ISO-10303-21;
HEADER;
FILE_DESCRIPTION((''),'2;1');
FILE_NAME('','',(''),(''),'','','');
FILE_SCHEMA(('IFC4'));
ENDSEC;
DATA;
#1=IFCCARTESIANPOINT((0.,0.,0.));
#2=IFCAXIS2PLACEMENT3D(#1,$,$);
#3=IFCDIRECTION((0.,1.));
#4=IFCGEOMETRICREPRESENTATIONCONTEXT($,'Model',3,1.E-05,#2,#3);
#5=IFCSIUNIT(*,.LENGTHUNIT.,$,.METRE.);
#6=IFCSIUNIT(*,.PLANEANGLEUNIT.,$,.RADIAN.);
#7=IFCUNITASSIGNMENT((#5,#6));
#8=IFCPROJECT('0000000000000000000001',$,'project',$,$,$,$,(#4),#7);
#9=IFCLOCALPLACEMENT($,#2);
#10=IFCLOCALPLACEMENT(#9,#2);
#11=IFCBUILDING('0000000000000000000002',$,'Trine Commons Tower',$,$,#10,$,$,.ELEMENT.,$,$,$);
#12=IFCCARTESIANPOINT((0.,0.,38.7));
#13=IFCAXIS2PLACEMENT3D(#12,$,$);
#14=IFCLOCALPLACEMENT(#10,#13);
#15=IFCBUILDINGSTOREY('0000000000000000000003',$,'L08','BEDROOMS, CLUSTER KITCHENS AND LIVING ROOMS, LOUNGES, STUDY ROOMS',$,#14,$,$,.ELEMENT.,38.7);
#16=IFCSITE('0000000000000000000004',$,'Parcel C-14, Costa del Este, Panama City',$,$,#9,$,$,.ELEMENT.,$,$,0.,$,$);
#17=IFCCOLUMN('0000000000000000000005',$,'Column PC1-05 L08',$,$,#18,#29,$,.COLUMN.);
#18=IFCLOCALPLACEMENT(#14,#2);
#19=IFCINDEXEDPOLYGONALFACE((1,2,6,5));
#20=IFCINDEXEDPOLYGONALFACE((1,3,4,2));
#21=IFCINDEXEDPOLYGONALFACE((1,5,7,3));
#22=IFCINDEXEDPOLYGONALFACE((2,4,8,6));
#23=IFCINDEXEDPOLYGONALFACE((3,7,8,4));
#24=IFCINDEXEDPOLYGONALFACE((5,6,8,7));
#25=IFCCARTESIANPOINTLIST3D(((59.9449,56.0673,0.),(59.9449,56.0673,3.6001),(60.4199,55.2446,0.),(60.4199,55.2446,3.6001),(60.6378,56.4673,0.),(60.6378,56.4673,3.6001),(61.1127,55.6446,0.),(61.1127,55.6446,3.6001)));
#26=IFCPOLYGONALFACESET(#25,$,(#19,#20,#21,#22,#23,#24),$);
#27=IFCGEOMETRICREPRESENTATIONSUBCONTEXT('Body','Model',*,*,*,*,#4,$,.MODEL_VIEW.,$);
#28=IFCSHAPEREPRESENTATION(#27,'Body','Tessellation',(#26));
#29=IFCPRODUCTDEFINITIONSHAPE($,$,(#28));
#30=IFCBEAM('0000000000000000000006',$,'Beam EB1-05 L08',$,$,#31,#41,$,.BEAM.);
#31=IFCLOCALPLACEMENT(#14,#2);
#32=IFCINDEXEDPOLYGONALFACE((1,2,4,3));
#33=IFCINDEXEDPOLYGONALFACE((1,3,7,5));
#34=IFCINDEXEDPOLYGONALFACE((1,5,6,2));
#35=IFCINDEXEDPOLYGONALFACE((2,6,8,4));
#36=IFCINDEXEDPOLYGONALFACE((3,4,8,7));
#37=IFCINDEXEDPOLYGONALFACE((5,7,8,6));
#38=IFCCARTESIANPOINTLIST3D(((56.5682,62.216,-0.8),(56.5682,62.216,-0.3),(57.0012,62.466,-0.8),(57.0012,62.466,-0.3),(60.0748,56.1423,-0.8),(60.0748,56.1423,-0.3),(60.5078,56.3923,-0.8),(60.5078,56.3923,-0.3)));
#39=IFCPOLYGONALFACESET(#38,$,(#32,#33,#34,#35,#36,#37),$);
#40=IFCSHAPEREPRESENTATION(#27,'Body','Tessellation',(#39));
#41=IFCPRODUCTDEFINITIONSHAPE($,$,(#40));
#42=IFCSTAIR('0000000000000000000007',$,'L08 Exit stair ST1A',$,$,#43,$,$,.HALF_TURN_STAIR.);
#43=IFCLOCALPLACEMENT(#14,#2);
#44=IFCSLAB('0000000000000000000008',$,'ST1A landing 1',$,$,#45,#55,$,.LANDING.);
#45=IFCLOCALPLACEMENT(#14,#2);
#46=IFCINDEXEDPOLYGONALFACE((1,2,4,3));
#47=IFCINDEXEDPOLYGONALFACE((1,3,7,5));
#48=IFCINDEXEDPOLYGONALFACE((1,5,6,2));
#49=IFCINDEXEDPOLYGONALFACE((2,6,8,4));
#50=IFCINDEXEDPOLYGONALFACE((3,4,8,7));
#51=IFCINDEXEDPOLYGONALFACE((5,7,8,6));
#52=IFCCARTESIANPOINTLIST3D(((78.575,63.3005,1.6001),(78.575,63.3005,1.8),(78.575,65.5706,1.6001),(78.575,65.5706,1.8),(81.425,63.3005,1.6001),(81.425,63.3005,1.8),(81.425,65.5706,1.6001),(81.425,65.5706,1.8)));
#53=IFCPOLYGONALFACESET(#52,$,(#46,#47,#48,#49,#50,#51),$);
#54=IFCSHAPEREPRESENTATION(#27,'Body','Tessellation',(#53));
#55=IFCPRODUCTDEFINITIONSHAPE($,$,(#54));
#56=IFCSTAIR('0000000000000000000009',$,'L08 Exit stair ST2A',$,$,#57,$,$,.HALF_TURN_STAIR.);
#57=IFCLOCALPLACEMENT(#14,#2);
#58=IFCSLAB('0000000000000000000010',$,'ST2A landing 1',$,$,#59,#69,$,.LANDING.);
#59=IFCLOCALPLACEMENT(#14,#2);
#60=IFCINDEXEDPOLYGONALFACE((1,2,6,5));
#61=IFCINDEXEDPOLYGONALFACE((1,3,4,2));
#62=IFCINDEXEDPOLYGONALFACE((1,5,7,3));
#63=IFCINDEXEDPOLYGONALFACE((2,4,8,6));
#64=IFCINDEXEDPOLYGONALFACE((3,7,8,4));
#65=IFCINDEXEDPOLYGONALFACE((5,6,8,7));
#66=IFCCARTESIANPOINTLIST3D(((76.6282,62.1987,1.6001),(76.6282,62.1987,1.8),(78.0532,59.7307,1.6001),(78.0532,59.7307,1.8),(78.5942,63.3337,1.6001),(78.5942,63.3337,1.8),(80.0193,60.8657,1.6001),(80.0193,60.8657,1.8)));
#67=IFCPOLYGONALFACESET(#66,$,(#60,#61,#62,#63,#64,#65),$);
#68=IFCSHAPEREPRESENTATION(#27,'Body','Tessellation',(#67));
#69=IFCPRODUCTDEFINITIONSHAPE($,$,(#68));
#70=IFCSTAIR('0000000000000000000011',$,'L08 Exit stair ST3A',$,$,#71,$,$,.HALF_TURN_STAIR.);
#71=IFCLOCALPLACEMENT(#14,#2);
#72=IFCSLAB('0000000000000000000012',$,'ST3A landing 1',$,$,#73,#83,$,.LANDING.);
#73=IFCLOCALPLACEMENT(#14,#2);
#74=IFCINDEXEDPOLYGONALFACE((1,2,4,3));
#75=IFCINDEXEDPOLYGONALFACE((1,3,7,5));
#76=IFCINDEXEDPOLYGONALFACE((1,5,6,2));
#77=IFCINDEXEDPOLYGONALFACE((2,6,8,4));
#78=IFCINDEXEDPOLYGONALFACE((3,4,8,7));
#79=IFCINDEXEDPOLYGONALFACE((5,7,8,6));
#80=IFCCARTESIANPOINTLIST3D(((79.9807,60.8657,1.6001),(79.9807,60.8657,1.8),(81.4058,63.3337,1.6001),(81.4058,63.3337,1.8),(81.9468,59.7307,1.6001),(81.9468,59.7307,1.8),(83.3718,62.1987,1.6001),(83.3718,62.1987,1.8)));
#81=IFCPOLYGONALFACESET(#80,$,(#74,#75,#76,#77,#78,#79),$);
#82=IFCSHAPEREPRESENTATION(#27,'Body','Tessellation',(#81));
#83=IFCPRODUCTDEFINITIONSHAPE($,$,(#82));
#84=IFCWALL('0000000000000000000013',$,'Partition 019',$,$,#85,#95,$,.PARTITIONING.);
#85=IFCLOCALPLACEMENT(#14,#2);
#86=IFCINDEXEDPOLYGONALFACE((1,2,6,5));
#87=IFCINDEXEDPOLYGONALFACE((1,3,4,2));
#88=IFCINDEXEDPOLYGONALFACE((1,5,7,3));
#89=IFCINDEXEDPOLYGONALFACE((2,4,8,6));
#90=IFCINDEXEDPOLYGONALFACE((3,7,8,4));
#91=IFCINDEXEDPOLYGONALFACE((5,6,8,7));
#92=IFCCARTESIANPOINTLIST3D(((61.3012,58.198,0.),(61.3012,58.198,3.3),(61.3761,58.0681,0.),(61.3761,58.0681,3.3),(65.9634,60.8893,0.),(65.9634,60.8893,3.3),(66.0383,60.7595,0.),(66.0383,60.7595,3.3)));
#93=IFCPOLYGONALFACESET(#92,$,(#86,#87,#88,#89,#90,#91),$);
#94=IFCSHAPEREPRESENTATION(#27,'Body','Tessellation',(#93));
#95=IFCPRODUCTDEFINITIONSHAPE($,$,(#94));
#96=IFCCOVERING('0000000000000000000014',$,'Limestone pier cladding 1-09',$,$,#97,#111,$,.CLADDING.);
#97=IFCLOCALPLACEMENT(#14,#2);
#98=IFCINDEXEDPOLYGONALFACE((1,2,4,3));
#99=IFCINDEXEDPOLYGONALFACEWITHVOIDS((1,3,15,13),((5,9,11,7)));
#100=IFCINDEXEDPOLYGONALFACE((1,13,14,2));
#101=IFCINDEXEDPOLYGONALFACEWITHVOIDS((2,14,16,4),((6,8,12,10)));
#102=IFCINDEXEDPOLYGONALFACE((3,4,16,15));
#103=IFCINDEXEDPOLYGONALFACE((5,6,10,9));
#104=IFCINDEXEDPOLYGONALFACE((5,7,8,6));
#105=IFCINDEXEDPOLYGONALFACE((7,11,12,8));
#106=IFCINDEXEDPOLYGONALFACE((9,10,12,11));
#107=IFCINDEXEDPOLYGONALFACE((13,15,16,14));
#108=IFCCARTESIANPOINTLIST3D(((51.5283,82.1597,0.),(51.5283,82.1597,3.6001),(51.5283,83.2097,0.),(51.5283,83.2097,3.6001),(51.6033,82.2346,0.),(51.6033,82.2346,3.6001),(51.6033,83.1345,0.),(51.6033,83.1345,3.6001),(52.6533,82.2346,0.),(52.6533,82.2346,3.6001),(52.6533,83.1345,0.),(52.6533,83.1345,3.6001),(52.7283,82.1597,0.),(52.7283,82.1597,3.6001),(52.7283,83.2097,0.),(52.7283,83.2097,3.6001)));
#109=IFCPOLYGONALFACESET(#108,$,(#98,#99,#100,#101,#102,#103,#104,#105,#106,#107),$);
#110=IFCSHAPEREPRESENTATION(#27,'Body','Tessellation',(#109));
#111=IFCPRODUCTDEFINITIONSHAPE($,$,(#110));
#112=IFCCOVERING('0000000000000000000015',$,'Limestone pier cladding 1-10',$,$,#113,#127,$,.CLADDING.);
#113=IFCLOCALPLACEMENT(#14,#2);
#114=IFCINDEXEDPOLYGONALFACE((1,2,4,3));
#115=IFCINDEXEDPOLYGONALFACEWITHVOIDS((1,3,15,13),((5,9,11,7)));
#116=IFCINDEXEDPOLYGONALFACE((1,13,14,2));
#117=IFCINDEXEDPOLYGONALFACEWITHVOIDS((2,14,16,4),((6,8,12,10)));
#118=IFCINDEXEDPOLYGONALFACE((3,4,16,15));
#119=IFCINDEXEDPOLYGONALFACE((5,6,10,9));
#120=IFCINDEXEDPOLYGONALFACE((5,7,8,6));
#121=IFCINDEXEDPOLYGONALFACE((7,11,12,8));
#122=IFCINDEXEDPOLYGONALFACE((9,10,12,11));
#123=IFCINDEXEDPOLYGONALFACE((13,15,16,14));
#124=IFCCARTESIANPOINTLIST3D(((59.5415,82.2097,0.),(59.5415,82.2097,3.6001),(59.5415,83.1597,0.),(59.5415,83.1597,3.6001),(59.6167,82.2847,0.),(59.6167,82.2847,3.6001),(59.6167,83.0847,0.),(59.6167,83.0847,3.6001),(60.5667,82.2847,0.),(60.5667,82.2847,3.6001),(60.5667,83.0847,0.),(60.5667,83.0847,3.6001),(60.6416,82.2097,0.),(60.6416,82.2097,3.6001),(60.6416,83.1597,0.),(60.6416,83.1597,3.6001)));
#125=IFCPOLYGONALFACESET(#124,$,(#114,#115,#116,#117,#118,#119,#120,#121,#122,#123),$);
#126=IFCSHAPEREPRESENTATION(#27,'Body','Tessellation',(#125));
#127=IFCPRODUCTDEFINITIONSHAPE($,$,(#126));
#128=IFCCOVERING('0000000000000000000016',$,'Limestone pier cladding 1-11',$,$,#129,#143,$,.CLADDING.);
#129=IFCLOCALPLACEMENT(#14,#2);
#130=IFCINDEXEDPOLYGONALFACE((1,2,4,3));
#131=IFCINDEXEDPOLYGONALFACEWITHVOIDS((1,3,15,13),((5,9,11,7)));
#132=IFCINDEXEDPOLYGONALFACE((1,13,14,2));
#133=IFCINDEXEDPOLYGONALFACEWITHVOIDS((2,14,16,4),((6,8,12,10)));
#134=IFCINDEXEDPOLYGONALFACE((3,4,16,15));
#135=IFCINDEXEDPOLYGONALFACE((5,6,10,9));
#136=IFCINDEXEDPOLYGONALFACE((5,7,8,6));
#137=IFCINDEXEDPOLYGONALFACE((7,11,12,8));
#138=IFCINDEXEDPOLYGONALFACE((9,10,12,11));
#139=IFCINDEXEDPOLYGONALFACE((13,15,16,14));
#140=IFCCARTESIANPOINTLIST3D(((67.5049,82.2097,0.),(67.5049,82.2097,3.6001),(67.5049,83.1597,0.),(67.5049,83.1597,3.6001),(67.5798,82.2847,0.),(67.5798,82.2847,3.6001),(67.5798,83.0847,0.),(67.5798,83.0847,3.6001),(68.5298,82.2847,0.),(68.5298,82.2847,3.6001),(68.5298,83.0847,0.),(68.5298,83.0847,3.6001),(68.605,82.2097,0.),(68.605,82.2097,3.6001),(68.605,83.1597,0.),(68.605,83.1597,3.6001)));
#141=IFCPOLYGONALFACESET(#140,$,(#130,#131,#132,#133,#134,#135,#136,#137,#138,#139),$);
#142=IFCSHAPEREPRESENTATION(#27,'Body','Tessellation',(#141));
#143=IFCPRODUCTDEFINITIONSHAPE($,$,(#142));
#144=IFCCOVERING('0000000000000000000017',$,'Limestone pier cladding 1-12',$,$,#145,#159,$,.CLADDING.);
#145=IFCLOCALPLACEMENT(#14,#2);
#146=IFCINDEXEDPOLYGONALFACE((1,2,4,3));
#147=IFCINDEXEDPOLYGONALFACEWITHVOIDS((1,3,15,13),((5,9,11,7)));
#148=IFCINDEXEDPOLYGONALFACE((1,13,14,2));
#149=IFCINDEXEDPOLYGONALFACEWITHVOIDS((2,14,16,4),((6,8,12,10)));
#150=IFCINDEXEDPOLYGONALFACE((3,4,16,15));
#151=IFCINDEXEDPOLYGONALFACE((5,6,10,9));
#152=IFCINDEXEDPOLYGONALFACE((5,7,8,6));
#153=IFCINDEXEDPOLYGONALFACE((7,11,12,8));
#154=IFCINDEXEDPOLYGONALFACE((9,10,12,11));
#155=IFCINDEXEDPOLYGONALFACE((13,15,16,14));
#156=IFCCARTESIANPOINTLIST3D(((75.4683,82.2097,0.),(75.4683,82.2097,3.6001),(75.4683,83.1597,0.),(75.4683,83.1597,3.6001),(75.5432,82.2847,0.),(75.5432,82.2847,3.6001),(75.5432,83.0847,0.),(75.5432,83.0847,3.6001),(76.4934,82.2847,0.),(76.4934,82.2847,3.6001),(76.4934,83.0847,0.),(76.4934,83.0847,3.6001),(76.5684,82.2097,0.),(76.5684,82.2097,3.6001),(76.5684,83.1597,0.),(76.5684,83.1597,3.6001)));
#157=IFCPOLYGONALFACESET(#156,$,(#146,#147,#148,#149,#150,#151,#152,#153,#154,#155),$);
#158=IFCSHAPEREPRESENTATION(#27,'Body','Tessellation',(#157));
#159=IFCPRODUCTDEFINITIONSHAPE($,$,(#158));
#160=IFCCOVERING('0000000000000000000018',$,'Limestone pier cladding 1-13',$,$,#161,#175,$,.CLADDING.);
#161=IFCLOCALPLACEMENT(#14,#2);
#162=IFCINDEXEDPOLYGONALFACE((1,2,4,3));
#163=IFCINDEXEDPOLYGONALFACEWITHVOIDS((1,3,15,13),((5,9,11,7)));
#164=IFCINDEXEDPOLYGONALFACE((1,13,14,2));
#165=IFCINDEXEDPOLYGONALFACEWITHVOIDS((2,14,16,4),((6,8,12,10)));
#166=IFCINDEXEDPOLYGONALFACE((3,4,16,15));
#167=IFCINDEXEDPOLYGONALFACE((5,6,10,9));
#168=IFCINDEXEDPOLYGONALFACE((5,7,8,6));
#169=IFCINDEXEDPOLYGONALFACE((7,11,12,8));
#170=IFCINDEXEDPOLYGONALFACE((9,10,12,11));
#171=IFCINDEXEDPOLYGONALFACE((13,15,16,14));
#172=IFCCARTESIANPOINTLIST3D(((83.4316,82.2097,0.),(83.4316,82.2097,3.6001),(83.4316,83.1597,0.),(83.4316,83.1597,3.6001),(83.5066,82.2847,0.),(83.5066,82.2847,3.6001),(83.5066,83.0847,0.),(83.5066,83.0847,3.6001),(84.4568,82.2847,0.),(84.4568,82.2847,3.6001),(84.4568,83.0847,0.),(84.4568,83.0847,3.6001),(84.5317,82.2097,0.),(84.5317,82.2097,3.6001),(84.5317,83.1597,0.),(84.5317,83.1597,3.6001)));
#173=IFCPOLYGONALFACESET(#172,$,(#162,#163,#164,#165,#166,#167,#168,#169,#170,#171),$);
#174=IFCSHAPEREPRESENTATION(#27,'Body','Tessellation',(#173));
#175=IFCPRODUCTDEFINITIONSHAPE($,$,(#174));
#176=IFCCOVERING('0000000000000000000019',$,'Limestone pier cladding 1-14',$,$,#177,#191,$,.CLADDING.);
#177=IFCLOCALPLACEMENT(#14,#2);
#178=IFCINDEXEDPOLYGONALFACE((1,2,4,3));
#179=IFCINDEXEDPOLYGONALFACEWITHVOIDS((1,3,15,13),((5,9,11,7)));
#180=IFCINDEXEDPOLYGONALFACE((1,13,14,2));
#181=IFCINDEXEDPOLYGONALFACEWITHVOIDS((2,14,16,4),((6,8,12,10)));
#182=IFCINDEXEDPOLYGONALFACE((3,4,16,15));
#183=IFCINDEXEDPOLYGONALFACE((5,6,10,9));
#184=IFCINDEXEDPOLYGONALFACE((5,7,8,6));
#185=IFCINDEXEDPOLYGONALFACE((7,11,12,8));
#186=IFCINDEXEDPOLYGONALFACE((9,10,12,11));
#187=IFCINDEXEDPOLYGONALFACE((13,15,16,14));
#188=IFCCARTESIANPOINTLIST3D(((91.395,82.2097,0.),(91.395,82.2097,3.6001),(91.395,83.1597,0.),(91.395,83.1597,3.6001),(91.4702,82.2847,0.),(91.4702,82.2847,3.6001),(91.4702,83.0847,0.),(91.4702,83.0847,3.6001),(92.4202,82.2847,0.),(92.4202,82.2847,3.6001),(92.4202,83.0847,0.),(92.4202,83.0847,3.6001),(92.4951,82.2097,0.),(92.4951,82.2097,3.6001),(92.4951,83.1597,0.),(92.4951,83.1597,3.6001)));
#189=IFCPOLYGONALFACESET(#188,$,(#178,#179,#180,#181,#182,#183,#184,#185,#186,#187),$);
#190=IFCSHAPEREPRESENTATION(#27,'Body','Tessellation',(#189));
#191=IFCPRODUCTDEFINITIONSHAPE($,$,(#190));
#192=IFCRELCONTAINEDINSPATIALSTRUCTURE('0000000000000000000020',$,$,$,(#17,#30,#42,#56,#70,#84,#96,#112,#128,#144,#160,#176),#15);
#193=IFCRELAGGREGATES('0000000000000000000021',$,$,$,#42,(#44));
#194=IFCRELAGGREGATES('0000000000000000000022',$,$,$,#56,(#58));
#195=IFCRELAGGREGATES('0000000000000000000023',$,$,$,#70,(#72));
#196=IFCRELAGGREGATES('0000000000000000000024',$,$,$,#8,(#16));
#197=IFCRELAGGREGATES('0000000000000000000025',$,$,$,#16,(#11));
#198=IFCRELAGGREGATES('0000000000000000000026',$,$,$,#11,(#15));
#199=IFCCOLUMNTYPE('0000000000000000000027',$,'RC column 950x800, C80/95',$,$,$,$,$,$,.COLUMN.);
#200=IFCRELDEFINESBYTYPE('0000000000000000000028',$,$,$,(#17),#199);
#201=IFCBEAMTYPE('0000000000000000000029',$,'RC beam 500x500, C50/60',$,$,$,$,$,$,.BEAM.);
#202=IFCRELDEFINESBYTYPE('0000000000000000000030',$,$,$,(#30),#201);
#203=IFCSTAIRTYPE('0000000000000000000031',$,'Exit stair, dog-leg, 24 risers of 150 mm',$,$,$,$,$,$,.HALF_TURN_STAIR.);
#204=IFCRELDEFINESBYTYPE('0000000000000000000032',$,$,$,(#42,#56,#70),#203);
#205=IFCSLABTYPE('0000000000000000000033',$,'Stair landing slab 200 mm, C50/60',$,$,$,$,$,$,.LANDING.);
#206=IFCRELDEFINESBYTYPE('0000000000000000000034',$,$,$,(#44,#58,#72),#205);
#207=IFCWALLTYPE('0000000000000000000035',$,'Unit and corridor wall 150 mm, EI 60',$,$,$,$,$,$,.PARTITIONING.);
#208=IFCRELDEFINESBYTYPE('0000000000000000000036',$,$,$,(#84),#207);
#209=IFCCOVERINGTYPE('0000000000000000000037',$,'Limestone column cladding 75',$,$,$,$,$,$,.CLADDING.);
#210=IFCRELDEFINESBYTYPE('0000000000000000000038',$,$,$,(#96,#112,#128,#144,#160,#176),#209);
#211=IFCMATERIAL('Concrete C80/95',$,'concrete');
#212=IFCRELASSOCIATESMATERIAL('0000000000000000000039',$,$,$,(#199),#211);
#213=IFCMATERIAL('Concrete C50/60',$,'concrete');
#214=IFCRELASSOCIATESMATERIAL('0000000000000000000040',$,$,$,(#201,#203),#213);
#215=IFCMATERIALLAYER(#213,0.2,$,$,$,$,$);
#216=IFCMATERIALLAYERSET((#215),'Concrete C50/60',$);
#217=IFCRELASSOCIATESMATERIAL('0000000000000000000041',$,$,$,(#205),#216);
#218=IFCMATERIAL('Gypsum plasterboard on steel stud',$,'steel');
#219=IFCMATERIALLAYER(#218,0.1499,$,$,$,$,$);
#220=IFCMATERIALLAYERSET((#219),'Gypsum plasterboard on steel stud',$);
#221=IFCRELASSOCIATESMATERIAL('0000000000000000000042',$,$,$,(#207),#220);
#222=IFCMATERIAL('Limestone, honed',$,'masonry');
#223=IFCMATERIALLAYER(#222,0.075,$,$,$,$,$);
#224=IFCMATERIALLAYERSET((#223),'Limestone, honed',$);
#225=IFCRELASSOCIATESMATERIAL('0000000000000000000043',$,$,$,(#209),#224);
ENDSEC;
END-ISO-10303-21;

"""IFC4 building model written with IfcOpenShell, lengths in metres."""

from ifc_helpers import new_model, si_unit, direction, frame, frame_2d, origin, origin_2d, place, context, subcontext, project, spatial, polyline, rectangle, outline, extrude, material, layer, layer_set, material_profile, profile_set, type_object, element, aggregate, save


model = new_model("IFC4")

# Units and contexts
model_context = context("Model", 3, precision=1e-05, world=origin(), true_north=direction((0.0, 1.0)))
body_context = subcontext(model_context, "Body", "Model", "MODEL_VIEW")
ifc_project = project(units=[si_unit("LENGTHUNIT", "METRE"), si_unit("PLANEANGLEUNIT", "RADIAN")], contexts=[model_context])

# Site, building, storey
site_placement = place(None, origin())
site = spatial("IfcSite", under=ifc_project, at=site_placement, Name="Parcel C-14, Costa del Este, Panama City", CompositionType="ELEMENT", RefElevation=0.0)
building_placement = place(site_placement, origin())
building = spatial("IfcBuilding", under=site, at=building_placement, Name="Trine Commons Tower", CompositionType="ELEMENT")
storey_placement = place(building_placement, frame((0.0, 0.0, 38.7)))
storey = spatial("IfcBuildingStorey", under=building, at=storey_placement, Name="L08", Description="BEDROOMS, CLUSTER KITCHENS AND LIVING ROOMS, LOUNGES, STUDY ROOMS", CompositionType="ELEMENT", Elevation=38.7)

# Column
ifc_material_1 = material(Name="Concrete C80/95", Category="concrete")
ifc_material_profile_1 = material_profile(ifc_material_1, rectangle(XDim=0.95, YDim=0.8, at=origin_2d()), Name="RC 950x800")
ifc_profile_set_1 = profile_set([ifc_material_profile_1], Name="Concrete C80/95")
column_type = type_object("IfcColumnType", Name="RC column 950x800, C80/95", PredefinedType="COLUMN", material=ifc_profile_set_1)
column_placement = place(storey_placement, frame((60.5288, 55.856, 0.0), z_axis=(0.0, 0.0, 1.0), x_axis=(-0.5, 0.866025, 0.0)))
element("IfcColumn", 1, at=column_placement, inside=storey, type_object=column_type, Name="Column PC1-05 L08", PredefinedType="COLUMN", context=body_context, shape_type="SweptSolid", body=[
    extrude(rectangle(XDim=0.95, YDim=0.8, at=origin_2d()), origin(), (0.0, 0.0, 1.0), 3.6001),
])

# Beam
ifc_material_2 = material(Name="Concrete C50/60", Category="concrete")
ifc_material_profile_2 = material_profile(ifc_material_2, rectangle(XDim=0.5, YDim=0.5, at=origin_2d()), Name="RC 500x500")
ifc_profile_set_2 = profile_set([ifc_material_profile_2], Name="Concrete C50/60")
beam_type = type_object("IfcBeamType", Name="RC beam 500x500, C50/60", PredefinedType="BEAM", material=ifc_profile_set_2)
beam_placement = place(storey_placement, frame((60.2913, 56.2673, -0.55), z_axis=(-0.499992, 0.86603, 0.0), x_axis=(-0.86603, -0.499992, 0.0)))
element("IfcBeam", 2, at=beam_placement, inside=storey, type_object=beam_type, Name="Beam EB1-05 L08", PredefinedType="BEAM", context=body_context, shape_type="SweptSolid", body=[
    extrude(rectangle(XDim=0.5, YDim=0.5, at=origin_2d()), origin(), (0.0, 0.0, 1.0), 7.0132),
])

# Stairs, slabs
stair_type = type_object("IfcStairType", Name="Exit stair, dog-leg, 24 risers of 150 mm", PredefinedType="HALF_TURN_STAIR", material=ifc_material_2)
stair_1_placement = place(storey_placement, origin())
stair_1 = element("IfcStair", 3, at=stair_1_placement, inside=storey, type_object=stair_type, Name="L08 Exit stair ST1A", PredefinedType="HALF_TURN_STAIR")
ifc_layer_1 = layer(ifc_material_2, 0.2)
ifc_layer_set_1 = layer_set([ifc_layer_1], Name="Concrete C50/60")
slab_type = type_object("IfcSlabType", Name="Stair landing slab 200 mm, C50/60", PredefinedType="LANDING", material=ifc_layer_set_1)
slab_1_placement = place(storey_placement, frame((0.0, 0.0, 1.6001)))
slab_1 = element("IfcSlab", 4, at=slab_1_placement, type_object=slab_type, Name="ST1A landing 1", PredefinedType="LANDING", context=body_context, shape_type="SweptSolid", body=[
    extrude(outline(polyline([(78.575, 65.5706), (78.575, 63.3005), (81.425, 63.3005), (81.425, 65.5706), (78.575, 65.5706)])), origin(), (0.0, 0.0, 1.0), 0.2),
])
aggregate(stair_1, [slab_1])
stair_2_placement = place(storey_placement, origin())
stair_2 = element("IfcStair", 5, at=stair_2_placement, inside=storey, type_object=stair_type, Name="L08 Exit stair ST2A", PredefinedType="HALF_TURN_STAIR")
slab_2_placement = place(storey_placement, frame((0.0, 0.0, 1.6001)))
slab_2 = element("IfcSlab", 6, at=slab_2_placement, type_object=slab_type, Name="ST2A landing 1", PredefinedType="LANDING", context=body_context, shape_type="SweptSolid", body=[
    extrude(outline(polyline([(78.0532, 59.7307), (80.0193, 60.8657), (78.5942, 63.3337), (76.6282, 62.1987), (78.0532, 59.7307)])), origin(), (0.0, 0.0, 1.0), 0.2),
])
aggregate(stair_2, [slab_2])
stair_3_placement = place(storey_placement, origin())
stair_3 = element("IfcStair", 7, at=stair_3_placement, inside=storey, type_object=stair_type, Name="L08 Exit stair ST3A", PredefinedType="HALF_TURN_STAIR")
slab_3_placement = place(storey_placement, frame((0.0, 0.0, 1.6001)))
slab_3 = element("IfcSlab", 8, at=slab_3_placement, type_object=slab_type, Name="ST3A landing 1", PredefinedType="LANDING", context=body_context, shape_type="SweptSolid", body=[
    extrude(outline(polyline([(83.3718, 62.1987), (81.4058, 63.3337), (79.9807, 60.8657), (81.9468, 59.7307), (83.3718, 62.1987)])), origin(), (0.0, 0.0, 1.0), 0.2),
])
aggregate(stair_3, [slab_3])

# Wall
ifc_material_3 = material(Name="Gypsum plasterboard on steel stud", Category="steel")
ifc_layer_2 = layer(ifc_material_3, 0.1499)
ifc_layer_set_2 = layer_set([ifc_layer_2], Name="Gypsum plasterboard on steel stud")
wall_type = type_object("IfcWallType", Name="Unit and corridor wall 150 mm, EI 60", PredefinedType="PARTITIONING", material=ifc_layer_set_2)
wall_placement = place(storey_placement, frame((61.3386, 58.1331, 0.0), z_axis=(0.0, 0.0, 1.0), x_axis=(0.866058, 0.499944, 0.0)))
element("IfcWall", 9, at=wall_placement, inside=storey, type_object=wall_type, Name="Partition 019", PredefinedType="PARTITIONING", context=body_context, shape_type="SweptSolid", body=[
    extrude(rectangle(XDim=5.3833, YDim=0.1499, at=frame_2d((2.6917, 0.0))), origin(), (0.0, 0.0, 1.0), 3.3),
])

# Coverings
ifc_material_4 = material(Name="Limestone, honed", Category="masonry")
ifc_layer_3 = layer(ifc_material_4, 0.075)
ifc_layer_set_3 = layer_set([ifc_layer_3], Name="Limestone, honed")
covering_type_1 = type_object("IfcCoveringType", Name="Limestone column cladding 75", PredefinedType="CLADDING", material=ifc_layer_set_3)
covering_1_placement = place(storey_placement, origin())
element("IfcCovering", 10, at=covering_1_placement, inside=storey, type_object=covering_type_1, Name="Limestone pier cladding 1-09", PredefinedType="CLADDING", context=body_context, shape_type="SweptSolid", body=[
    extrude(outline(polyline([(52.7283, 82.1597), (52.7283, 83.2097), (51.5283, 83.2097), (51.5283, 82.1597), (52.7283, 82.1597)]), holes=[polyline([(52.6533, 82.2346), (52.6533, 83.1345), (51.6033, 83.1345), (51.6033, 82.2346), (52.6533, 82.2346)])]), origin(), (0.0, 0.0, 1.0), 3.6001),
])
covering_2_placement = place(storey_placement, origin())
element("IfcCovering", 11, at=covering_2_placement, inside=storey, type_object=covering_type_1, Name="Limestone pier cladding 1-10", PredefinedType="CLADDING", context=body_context, shape_type="SweptSolid", body=[
    extrude(outline(polyline([(60.6416, 82.2097), (60.6416, 83.1597), (59.5415, 83.1597), (59.5415, 82.2097), (60.6416, 82.2097)]), holes=[polyline([(60.5667, 82.2847), (60.5667, 83.0847), (59.6167, 83.0847), (59.6167, 82.2847), (60.5667, 82.2847)])]), origin(), (0.0, 0.0, 1.0), 3.6001),
])
covering_3_placement = place(storey_placement, origin())
element("IfcCovering", 12, at=covering_3_placement, inside=storey, type_object=covering_type_1, Name="Limestone pier cladding 1-11", PredefinedType="CLADDING", context=body_context, shape_type="SweptSolid", body=[
    extrude(outline(polyline([(68.605, 82.2097), (68.605, 83.1597), (67.5049, 83.1597), (67.5049, 82.2097), (68.605, 82.2097)]), holes=[polyline([(68.5298, 82.2847), (68.5298, 83.0847), (67.5798, 83.0847), (67.5798, 82.2847), (68.5298, 82.2847)])]), origin(), (0.0, 0.0, 1.0), 3.6001),
])
covering_4_placement = place(storey_placement, origin())
element("IfcCovering", 13, at=covering_4_placement, inside=storey, type_object=covering_type_1, Name="Limestone pier cladding 1-12", PredefinedType="CLADDING", context=body_context, shape_type="SweptSolid", body=[
    extrude(outline(polyline([(76.5684, 82.2097), (76.5684, 83.1597), (75.4683, 83.1597), (75.4683, 82.2097), (76.5684, 82.2097)]), holes=[polyline([(76.4934, 82.2847), (76.4934, 83.0847), (75.5432, 83.0847), (75.5432, 82.2847), (76.4934, 82.2847)])]), origin(), (0.0, 0.0, 1.0), 3.6001),
])
covering_5_placement = place(storey_placement, origin())
element("IfcCovering", 14, at=covering_5_placement, inside=storey, type_object=covering_type_1, Name="Limestone pier cladding 1-13", PredefinedType="CLADDING", context=body_context, shape_type="SweptSolid", body=[
    extrude(outline(polyline([(84.5317, 82.2097), (84.5317, 83.1597), (83.4316, 83.1597), (83.4316, 82.2097), (84.5317, 82.2097)]), holes=[polyline([(84.4568, 82.2847), (84.4568, 83.0847), (83.5066, 83.0847), (83.5066, 82.2847), (84.4568, 82.2847)])]), origin(), (0.0, 0.0, 1.0), 3.6001),
])
covering_6_placement = place(storey_placement, origin())
element("IfcCovering", 15, at=covering_6_placement, inside=storey, type_object=covering_type_1, Name="Limestone pier cladding 1-14", PredefinedType="CLADDING", context=body_context, shape_type="SweptSolid", body=[
    extrude(outline(polyline([(92.4951, 82.2097), (92.4951, 83.1597), (91.395, 83.1597), (91.395, 82.2097), (92.4951, 82.2097)]), holes=[polyline([(92.4202, 82.2847), (92.4202, 83.0847), (91.4702, 83.0847), (91.4702, 82.2847), (92.4202, 82.2847)])]), origin(), (0.0, 0.0, 1.0), 3.6001),
])

save(model, "model.ifc")
